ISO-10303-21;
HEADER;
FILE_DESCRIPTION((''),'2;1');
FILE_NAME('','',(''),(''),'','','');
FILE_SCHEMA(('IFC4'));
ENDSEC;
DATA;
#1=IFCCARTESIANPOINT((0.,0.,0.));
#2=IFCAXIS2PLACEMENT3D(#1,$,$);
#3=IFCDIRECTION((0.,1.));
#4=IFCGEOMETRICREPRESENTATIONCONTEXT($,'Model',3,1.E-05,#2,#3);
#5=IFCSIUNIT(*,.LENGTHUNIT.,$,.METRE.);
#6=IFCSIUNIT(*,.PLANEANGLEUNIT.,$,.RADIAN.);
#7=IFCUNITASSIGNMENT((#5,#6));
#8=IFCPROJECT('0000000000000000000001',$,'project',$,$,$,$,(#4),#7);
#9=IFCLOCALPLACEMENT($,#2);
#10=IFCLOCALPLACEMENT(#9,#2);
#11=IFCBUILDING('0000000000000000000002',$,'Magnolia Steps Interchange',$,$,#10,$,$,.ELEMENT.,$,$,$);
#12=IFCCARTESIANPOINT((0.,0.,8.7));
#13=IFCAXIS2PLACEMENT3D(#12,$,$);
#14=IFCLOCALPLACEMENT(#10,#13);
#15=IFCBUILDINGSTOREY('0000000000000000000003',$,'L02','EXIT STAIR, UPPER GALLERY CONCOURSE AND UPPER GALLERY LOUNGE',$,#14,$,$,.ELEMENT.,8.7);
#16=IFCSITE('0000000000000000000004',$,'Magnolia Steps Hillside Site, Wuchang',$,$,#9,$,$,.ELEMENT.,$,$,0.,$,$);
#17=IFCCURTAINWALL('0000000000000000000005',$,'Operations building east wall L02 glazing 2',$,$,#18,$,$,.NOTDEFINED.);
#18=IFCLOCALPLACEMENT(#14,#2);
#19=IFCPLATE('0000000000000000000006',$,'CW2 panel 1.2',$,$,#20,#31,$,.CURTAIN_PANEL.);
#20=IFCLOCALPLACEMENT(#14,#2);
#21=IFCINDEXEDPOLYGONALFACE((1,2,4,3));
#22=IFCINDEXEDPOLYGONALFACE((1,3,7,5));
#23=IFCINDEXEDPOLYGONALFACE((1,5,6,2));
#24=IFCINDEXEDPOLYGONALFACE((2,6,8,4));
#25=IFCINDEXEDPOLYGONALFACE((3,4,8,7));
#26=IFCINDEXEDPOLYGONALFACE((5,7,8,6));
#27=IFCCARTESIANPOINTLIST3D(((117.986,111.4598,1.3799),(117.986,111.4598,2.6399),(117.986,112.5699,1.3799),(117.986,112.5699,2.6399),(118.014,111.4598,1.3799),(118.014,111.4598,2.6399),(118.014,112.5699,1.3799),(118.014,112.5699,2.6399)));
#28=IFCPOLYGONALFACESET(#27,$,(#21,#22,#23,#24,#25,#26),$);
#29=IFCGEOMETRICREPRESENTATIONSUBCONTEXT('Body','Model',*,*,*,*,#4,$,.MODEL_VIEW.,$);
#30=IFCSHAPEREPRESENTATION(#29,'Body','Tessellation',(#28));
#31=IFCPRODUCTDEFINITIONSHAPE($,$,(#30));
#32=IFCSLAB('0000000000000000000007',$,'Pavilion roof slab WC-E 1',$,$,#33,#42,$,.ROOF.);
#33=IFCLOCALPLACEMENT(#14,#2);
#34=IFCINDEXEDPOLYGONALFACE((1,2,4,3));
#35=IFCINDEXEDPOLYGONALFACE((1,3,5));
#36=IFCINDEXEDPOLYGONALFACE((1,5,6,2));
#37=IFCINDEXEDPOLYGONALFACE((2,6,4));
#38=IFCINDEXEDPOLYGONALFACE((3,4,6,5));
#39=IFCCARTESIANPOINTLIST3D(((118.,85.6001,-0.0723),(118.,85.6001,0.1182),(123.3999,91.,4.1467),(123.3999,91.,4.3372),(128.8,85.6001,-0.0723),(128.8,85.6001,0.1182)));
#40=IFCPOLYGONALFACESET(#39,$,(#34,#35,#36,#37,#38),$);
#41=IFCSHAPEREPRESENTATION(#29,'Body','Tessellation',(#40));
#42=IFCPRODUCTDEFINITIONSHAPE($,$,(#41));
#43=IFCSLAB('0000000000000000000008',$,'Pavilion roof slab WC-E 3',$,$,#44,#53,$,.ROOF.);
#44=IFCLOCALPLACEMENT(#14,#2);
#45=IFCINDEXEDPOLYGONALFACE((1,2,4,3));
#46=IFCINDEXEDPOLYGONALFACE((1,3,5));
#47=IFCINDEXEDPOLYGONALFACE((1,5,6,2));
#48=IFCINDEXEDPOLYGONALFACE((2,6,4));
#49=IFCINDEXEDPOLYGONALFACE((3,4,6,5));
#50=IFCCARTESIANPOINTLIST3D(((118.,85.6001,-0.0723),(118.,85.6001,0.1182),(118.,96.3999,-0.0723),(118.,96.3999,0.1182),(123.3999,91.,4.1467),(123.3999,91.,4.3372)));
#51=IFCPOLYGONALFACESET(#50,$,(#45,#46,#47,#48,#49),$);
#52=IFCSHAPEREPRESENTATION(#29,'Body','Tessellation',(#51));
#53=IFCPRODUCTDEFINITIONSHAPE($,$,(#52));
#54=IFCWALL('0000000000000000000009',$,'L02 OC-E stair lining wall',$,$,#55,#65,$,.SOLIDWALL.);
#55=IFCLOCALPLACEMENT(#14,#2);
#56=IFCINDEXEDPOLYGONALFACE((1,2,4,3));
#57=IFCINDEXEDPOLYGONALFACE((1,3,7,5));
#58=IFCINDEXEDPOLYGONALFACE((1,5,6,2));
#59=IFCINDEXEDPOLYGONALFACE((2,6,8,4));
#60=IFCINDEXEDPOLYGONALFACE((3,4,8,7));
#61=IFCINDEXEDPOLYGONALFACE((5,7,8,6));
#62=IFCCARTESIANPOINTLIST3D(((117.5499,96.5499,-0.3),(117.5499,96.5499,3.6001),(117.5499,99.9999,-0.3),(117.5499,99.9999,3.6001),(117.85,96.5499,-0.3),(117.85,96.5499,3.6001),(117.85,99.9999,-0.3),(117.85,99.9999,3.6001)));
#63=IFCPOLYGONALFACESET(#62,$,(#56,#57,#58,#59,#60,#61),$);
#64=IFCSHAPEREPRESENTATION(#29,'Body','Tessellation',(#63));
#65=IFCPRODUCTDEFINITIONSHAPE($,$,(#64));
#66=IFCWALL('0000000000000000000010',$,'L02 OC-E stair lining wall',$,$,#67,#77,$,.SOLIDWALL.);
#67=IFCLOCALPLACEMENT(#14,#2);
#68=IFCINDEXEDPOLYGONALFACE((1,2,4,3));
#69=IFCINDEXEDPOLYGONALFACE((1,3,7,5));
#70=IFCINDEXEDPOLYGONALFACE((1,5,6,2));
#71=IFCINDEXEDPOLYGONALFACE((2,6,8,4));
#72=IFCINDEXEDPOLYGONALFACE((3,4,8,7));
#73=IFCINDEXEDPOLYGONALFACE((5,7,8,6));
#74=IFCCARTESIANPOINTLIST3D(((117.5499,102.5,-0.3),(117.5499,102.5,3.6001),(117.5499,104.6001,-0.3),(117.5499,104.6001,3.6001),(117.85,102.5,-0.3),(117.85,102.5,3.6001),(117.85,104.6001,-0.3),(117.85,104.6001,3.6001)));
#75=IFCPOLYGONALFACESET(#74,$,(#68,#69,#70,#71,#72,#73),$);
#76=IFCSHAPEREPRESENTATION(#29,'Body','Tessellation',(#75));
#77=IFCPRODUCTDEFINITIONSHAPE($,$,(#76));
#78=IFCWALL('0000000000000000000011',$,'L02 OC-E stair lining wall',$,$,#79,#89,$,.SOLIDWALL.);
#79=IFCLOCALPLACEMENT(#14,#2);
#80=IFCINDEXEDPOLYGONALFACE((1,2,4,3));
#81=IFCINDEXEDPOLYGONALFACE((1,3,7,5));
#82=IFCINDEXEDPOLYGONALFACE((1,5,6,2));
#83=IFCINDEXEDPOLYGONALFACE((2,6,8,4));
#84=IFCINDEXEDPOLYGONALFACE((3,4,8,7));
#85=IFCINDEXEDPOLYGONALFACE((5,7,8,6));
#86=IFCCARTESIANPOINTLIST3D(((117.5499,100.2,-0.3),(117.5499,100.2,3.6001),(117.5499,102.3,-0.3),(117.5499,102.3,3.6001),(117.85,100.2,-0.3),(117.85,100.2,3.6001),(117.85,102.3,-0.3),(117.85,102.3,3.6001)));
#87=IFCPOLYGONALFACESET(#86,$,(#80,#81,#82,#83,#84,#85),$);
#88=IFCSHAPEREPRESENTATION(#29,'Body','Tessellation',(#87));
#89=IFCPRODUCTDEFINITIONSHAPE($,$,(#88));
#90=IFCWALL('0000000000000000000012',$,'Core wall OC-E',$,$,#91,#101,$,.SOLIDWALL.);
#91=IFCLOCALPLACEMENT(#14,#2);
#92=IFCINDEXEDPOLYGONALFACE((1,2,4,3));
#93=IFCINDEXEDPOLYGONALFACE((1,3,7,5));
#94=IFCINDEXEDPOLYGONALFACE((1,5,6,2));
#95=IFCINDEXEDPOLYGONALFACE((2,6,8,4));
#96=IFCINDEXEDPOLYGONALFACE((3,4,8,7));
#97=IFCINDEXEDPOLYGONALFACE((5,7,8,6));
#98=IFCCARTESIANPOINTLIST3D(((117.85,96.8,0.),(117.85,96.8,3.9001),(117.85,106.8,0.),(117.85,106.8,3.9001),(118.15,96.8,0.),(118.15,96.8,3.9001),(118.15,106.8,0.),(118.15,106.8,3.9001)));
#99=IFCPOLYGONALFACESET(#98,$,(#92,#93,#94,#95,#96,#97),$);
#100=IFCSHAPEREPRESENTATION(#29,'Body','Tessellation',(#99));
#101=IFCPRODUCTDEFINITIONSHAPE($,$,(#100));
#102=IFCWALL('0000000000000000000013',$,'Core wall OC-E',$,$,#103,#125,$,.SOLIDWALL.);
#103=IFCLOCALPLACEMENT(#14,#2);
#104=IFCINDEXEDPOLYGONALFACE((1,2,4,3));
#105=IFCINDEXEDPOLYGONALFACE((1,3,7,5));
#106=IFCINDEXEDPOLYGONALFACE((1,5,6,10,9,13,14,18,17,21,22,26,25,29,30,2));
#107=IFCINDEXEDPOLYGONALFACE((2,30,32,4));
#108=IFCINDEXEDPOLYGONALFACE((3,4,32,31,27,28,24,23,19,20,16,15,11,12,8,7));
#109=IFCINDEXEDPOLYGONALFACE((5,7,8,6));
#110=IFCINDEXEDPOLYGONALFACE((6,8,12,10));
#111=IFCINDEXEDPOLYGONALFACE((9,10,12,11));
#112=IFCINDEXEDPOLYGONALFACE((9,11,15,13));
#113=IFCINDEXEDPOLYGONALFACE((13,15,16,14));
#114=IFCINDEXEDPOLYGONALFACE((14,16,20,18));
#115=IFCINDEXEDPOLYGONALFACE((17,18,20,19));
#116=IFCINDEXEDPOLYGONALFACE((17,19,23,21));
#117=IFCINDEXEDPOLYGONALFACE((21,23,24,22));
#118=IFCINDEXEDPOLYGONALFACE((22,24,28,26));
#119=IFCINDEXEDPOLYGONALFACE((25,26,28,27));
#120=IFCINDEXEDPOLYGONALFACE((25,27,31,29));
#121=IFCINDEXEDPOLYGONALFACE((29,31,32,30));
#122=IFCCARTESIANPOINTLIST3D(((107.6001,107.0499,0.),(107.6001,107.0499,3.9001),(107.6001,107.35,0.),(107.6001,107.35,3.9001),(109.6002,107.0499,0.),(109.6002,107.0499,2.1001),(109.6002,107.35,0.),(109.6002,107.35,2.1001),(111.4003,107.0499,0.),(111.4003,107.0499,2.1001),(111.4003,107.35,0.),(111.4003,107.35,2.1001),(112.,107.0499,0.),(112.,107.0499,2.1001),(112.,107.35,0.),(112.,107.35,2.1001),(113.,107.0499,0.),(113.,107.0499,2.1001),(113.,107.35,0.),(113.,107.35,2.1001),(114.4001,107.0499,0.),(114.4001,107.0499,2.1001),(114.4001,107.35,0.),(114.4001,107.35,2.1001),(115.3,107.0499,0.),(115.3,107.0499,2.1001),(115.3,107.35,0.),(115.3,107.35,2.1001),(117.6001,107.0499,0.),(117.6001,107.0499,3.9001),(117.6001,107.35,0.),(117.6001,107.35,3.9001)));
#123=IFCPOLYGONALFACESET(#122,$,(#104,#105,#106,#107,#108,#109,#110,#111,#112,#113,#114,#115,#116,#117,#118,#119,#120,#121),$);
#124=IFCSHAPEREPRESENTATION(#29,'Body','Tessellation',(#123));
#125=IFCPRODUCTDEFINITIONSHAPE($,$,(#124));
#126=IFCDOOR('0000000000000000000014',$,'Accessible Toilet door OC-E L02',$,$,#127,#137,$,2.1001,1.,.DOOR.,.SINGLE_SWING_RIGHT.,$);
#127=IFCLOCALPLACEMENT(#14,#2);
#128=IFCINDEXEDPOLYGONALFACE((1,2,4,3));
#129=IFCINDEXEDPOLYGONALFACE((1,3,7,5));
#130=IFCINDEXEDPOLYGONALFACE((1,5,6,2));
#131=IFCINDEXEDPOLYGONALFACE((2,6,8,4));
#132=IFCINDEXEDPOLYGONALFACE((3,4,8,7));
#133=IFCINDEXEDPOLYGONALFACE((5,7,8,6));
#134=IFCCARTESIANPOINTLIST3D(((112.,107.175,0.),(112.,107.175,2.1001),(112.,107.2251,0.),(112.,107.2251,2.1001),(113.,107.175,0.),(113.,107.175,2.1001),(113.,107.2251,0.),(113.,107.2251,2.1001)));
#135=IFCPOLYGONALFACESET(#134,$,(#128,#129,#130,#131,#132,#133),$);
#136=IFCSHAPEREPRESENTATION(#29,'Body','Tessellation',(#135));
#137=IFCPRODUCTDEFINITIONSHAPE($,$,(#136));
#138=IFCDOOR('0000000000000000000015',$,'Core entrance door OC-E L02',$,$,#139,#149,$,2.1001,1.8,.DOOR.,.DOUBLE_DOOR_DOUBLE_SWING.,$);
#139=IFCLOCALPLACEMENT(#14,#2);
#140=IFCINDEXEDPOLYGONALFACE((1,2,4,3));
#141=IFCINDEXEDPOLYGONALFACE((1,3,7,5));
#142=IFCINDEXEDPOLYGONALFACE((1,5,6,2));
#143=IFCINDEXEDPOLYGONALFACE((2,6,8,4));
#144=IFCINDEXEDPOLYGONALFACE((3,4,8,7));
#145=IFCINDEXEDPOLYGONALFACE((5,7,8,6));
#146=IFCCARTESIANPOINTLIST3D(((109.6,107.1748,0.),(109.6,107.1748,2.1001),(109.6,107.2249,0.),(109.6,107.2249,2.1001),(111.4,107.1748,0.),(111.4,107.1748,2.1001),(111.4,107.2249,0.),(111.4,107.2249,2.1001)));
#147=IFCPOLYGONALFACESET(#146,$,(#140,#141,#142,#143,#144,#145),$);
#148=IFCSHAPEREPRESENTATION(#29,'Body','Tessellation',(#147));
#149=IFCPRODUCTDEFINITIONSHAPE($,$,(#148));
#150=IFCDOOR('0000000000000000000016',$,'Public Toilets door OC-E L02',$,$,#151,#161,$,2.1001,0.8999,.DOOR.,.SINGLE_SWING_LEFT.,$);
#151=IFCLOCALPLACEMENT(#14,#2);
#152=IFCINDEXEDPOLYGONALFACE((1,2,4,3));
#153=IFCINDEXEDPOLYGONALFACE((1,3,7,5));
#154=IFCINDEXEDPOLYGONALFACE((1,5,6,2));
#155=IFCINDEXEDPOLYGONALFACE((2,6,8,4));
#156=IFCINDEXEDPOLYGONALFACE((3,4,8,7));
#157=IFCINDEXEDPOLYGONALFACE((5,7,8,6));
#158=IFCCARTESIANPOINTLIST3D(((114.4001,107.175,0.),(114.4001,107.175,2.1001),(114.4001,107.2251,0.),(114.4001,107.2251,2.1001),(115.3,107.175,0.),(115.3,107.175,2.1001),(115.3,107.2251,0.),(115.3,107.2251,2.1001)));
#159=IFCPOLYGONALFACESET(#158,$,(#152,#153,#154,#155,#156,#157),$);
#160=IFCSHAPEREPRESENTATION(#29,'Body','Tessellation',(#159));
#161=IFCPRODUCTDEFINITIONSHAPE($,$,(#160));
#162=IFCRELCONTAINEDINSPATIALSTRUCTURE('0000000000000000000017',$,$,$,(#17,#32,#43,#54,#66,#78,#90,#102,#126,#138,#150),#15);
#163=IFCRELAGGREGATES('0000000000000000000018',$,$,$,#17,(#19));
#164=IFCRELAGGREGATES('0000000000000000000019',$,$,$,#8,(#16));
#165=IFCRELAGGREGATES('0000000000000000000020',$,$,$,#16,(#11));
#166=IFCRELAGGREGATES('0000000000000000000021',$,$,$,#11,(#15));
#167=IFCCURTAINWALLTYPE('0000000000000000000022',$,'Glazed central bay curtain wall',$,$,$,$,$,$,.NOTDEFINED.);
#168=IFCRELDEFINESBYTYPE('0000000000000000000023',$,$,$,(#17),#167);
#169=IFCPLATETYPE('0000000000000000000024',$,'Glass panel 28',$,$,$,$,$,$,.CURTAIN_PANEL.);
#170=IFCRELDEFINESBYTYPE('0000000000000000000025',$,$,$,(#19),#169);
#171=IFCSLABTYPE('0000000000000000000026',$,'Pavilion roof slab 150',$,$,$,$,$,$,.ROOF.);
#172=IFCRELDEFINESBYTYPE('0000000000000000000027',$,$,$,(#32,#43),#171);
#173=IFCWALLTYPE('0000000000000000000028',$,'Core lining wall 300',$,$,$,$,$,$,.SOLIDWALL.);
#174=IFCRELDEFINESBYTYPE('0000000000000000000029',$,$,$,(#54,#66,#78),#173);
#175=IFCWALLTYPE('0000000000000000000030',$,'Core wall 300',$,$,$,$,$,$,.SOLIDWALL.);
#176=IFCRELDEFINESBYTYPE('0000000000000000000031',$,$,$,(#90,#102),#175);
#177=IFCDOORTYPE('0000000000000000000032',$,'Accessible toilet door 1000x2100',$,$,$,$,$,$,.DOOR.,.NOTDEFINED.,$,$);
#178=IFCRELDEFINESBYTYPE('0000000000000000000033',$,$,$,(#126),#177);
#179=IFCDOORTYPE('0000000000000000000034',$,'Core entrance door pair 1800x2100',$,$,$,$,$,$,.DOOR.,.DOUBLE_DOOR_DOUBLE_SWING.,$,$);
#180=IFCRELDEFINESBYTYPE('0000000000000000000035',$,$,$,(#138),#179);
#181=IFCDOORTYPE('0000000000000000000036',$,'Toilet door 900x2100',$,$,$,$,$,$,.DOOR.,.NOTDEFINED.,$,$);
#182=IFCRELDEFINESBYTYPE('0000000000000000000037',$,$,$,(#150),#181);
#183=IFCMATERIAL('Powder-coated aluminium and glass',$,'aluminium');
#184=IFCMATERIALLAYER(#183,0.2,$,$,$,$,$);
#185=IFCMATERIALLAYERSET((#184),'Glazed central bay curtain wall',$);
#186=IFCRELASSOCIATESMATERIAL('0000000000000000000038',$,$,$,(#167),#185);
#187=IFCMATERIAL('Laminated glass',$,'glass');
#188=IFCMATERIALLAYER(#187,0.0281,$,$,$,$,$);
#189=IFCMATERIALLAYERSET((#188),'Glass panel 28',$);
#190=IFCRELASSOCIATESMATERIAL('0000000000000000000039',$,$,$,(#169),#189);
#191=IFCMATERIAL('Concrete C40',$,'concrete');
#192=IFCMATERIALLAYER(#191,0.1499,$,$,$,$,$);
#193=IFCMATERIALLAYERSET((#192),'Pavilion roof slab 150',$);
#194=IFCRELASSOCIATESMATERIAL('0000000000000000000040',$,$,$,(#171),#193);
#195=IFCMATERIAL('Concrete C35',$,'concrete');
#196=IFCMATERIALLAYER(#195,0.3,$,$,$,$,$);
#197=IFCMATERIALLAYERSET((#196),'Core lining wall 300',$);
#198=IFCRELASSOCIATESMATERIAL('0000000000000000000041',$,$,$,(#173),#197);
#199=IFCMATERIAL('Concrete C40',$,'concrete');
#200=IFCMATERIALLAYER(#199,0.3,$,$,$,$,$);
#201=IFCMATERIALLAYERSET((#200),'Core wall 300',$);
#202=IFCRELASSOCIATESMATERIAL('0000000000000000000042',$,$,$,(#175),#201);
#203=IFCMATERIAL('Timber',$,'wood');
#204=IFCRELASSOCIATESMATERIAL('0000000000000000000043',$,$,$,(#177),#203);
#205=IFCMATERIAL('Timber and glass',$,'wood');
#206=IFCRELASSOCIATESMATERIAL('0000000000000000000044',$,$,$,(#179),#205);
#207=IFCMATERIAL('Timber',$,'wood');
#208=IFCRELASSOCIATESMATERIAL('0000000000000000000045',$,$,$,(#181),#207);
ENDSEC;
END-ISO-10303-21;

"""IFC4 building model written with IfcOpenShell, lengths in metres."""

from ifc_helpers import new_model, si_unit, direction, frame, frame_2d, origin, origin_2d, place, context, subcontext, project, spatial, polyline, rectangle, outline, extrude, material, layer, layer_set, type_object, element, fill, aggregate, save


model = new_model("IFC4")

# Units and contexts
model_context = context("Model", 3, precision=1e-05, world=origin(), true_north=direction((0.0, 1.0)))
body_context = subcontext(model_context, "Body", "Model", "MODEL_VIEW")
ifc_project = project(units=[si_unit("LENGTHUNIT", "METRE"), si_unit("PLANEANGLEUNIT", "RADIAN")], contexts=[model_context])

# Site, building, storey
site_placement = place(None, origin())
site = spatial("IfcSite", under=ifc_project, at=site_placement, Name="Magnolia Steps Hillside Site, Wuchang", CompositionType="ELEMENT", RefElevation=0.0)
building_placement = place(site_placement, origin())
building = spatial("IfcBuilding", under=site, at=building_placement, Name="Magnolia Steps Interchange", CompositionType="ELEMENT")
storey_placement = place(building_placement, frame((0.0, 0.0, 8.7)))
storey = spatial("IfcBuildingStorey", under=building, at=storey_placement, Name="L02", Description="EXIT STAIR, UPPER GALLERY CONCOURSE AND UPPER GALLERY LOUNGE", CompositionType="ELEMENT", Elevation=8.7)

# Curtain wall
ifc_material_1 = material(Name="Powder-coated aluminium and glass", Category="aluminium")
ifc_layer_1 = layer(ifc_material_1, 0.2)
ifc_layer_set_1 = layer_set([ifc_layer_1], Name="Glazed central bay curtain wall")
curtain_wall_type = type_object("IfcCurtainWallType", Name="Glazed central bay curtain wall", PredefinedType="NOTDEFINED", material=ifc_layer_set_1)
curtain_wall_placement = place(storey_placement, origin())
curtain_wall = element("IfcCurtainWall", 1, at=curtain_wall_placement, inside=storey, type_object=curtain_wall_type, Name="Operations building east wall L02 glazing 2", PredefinedType="NOTDEFINED")

# Plate
ifc_material_2 = material(Name="Laminated glass", Category="glass")
ifc_layer_2 = layer(ifc_material_2, 0.0281)
ifc_layer_set_2 = layer_set([ifc_layer_2], Name="Glass panel 28")
plate_type = type_object("IfcPlateType", Name="Glass panel 28", PredefinedType="CURTAIN_PANEL", material=ifc_layer_set_2)
plate_1_placement = place(storey_placement, frame((118.0, 112.0149, 1.3799), z_axis=(0.0, 0.0, 1.0), x_axis=(0.0, 1.0, 0.0)))
plate_1 = element("IfcPlate", 2, at=plate_1_placement, type_object=plate_type, Name="CW2 panel 1.2", PredefinedType="CURTAIN_PANEL", context=body_context, shape_type="SweptSolid", body=[
    extrude(rectangle(XDim=1.1101, YDim=0.0281, at=origin_2d()), origin(), (0.0, 0.0, 1.0), 1.26),
])
aggregate(curtain_wall, [plate_1])

# Slabs
ifc_material_3 = material(Name="Concrete C40", Category="concrete")
ifc_layer_3 = layer(ifc_material_3, 0.1499)
ifc_layer_set_3 = layer_set([ifc_layer_3], Name="Pavilion roof slab 150")
slab_type = type_object("IfcSlabType", Name="Pavilion roof slab 150", PredefinedType="ROOF", material=ifc_layer_set_3)
slab_1_placement = place(storey_placement, frame((118.0, 85.6001, 0.1182), z_axis=(0.0, -0.615673, 0.788002), x_axis=(1.0, 0.0, 0.0)))
element("IfcSlab", 3, at=slab_1_placement, inside=storey, type_object=slab_type, Name="Pavilion roof slab WC-E 1", PredefinedType="ROOF", context=body_context, shape_type="SweptSolid", body=[
    extrude(outline(polyline([(0.0, 0.0), (10.8, 0.0), (5.3999, 6.8527), (0.0, 0.0)])), origin(), (0.0, -0.615673, -0.788002), 0.1904),
])
slab_2_placement = place(storey_placement, frame((118.0, 96.3999, 0.1182), z_axis=(-0.615673, 0.0, 0.788002), x_axis=(0.0, -1.0, 0.0)))
element("IfcSlab", 4, at=slab_2_placement, inside=storey, type_object=slab_type, Name="Pavilion roof slab WC-E 3", PredefinedType="ROOF", context=body_context, shape_type="SweptSolid", body=[
    extrude(outline(polyline([(0.0, 0.0), (10.7998, 0.0), (5.3999, 6.8527), (0.0, 0.0)])), origin(), (0.0, -0.615673, -0.788002), 0.1904),
])

# Walls
ifc_material_4 = material(Name="Concrete C35", Category="concrete")
ifc_layer_4 = layer(ifc_material_4, 0.3)
ifc_layer_set_4 = layer_set([ifc_layer_4], Name="Core lining wall 300")
wall_type_1 = type_object("IfcWallType", Name="Core lining wall 300", PredefinedType="SOLIDWALL", material=ifc_layer_set_4)
wall_1_placement = place(storey_placement, frame((117.7, 100.0, -0.3), z_axis=(0.0, 0.0, 1.0), x_axis=(0.0, -1.0, 0.0)))
element("IfcWall", 5, at=wall_1_placement, inside=storey, type_object=wall_type_1, Name="L02 OC-E stair lining wall", PredefinedType="SOLIDWALL", context=body_context, shape_type="SweptSolid", body=[
    extrude(rectangle(XDim=3.45, YDim=0.3, at=frame_2d((1.7251, 0.0))), origin(), (0.0, 0.0, 1.0), 3.9001),
])
for number, where, z_axis, x_axis, name in (
    (6, (117.7, 104.6001, -0.3), (0.0, 0.0, 1.0), (0.0, -1.0, 0.0), "L02 OC-E stair lining wall"),
    (7, (117.7, 102.3, -0.3), (0.0, 0.0, 1.0), (0.0, -1.0, 0.0), "L02 OC-E stair lining wall"),
):
    element("IfcWall", number, at=place(storey_placement, frame(where, z_axis=z_axis, x_axis=x_axis)), inside=storey, type_object=wall_type_1, Name=name, PredefinedType="SOLIDWALL", context=body_context, shape_type="SweptSolid", body=[
        extrude(rectangle(XDim=2.1001, YDim=0.3, at=frame_2d((1.05, 0.0))), origin(), (0.0, 0.0, 1.0), 3.9001),
    ])
ifc_material_5 = material(Name="Concrete C40", Category="concrete")
ifc_layer_5 = layer(ifc_material_5, 0.3)
ifc_layer_set_5 = layer_set([ifc_layer_5], Name="Core wall 300")
wall_type_2 = type_object("IfcWallType", Name="Core wall 300", PredefinedType="SOLIDWALL", material=ifc_layer_set_5)
wall_2_placement = place(storey_placement, frame((118.0, 96.8, 0.0), z_axis=(0.0, 0.0, 1.0), x_axis=(0.0, 1.0, 0.0)))
element("IfcWall", 8, at=wall_2_placement, inside=storey, type_object=wall_type_2, Name="Core wall OC-E", PredefinedType="SOLIDWALL", context=body_context, shape_type="SweptSolid", body=[
    extrude(rectangle(XDim=10.0, YDim=0.3, at=frame_2d((5.0, 0.0))), origin(), (0.0, 0.0, 1.0), 3.9001),
])

# Wall, openings, doors
wall_3_placement = place(storey_placement, frame((117.6001, 107.2, 0.0), z_axis=(0.0, 0.0, 1.0), x_axis=(-1.0, 0.0, 0.0)))
wall_3 = element("IfcWall", 9, at=wall_3_placement, inside=storey, type_object=wall_type_2, Name="Core wall OC-E", PredefinedType="SOLIDWALL", context=body_context, shape_type="SweptSolid", body=[
    extrude(rectangle(XDim=10.0, YDim=0.3, at=frame_2d((5.0, 0.0))), origin(), (0.0, 0.0, 1.0), 3.9001),
])
opening_1_placement = place(wall_3_placement, frame((6.2, 0.0, 0.0)))
opening_1 = element("IfcOpeningElement", 10, at=opening_1_placement, cuts=wall_3, PredefinedType="OPENING", context=body_context, shape_type="SweptSolid", body=[
    extrude(rectangle(XDim=1.8, YDim=2.1001, at=frame_2d((0.8999, 1.05))), frame((0.0, 0.1599, 0.0), z_axis=(0.0, -1.0, 0.0), x_axis=(1.0, 0.0, 0.0)), (0.0, 0.0, 1.0), 0.3201),
])
opening_2_placement = place(wall_3_placement, frame((4.6001, 0.0, 0.0)))
opening_2 = element("IfcOpeningElement", 11, at=opening_2_placement, cuts=wall_3, PredefinedType="OPENING", context=body_context, shape_type="SweptSolid", body=[
    extrude(rectangle(XDim=1.0, YDim=2.1001, at=frame_2d((0.5, 1.05))), frame((0.0, 0.1599, 0.0), z_axis=(0.0, -1.0, 0.0), x_axis=(1.0, 0.0, 0.0)), (0.0, 0.0, 1.0), 0.3201),
])
opening_3_placement = place(wall_3_placement, frame((2.3, 0.0, 0.0)))
opening_3 = element("IfcOpeningElement", 12, at=opening_3_placement, cuts=wall_3, PredefinedType="OPENING", context=body_context, shape_type="SweptSolid", body=[
    extrude(rectangle(XDim=0.8999, YDim=2.1001, at=frame_2d((0.45, 1.05))), frame((0.0, 0.1599, 0.0), z_axis=(0.0, -1.0, 0.0), x_axis=(1.0, 0.0, 0.0)), (0.0, 0.0, 1.0), 0.3201),
])
ifc_material_6 = material(Name="Timber", Category="wood")
door_type_1 = type_object("IfcDoorType", Name="Accessible toilet door 1000x2100", OperationType="NOTDEFINED", PredefinedType="DOOR", material=ifc_material_6)
door_1_placement = place(opening_2_placement, origin())
door_1 = element("IfcDoor", 13, at=door_1_placement, inside=storey, type_object=door_type_1, Name="Accessible Toilet door OC-E L02", OperationType="SINGLE_SWING_RIGHT", OverallHeight=2.1001, OverallWidth=1.0, PredefinedType="DOOR", context=body_context, shape_type="SweptSolid", body=[
    extrude(rectangle(XDim=1.0, YDim=2.1001, at=frame_2d((0.5, 1.05))), frame((0.0, 0.0249, 0.0), z_axis=(0.0, -1.0, 0.0), x_axis=(1.0, 0.0, 0.0)), (0.0, 0.0, 1.0), 0.05),
])
fill(opening_2, door_1)
ifc_material_7 = material(Name="Timber and glass", Category="wood")
door_type_2 = type_object("IfcDoorType", Name="Core entrance door pair 1800x2100", OperationType="DOUBLE_DOOR_DOUBLE_SWING", PredefinedType="DOOR", material=ifc_material_7)
door_2_placement = place(opening_1_placement, frame((1.8, 0.0, 0.0), z_axis=(0.0, 0.0, 1.0), x_axis=(-1.0, 0.0, 0.0)))
door_2 = element("IfcDoor", 14, at=door_2_placement, inside=storey, type_object=door_type_2, Name="Core entrance door OC-E L02", OperationType="DOUBLE_DOOR_DOUBLE_SWING", OverallHeight=2.1001, OverallWidth=1.8, PredefinedType="DOOR", context=body_context, shape_type="SweptSolid", body=[
    extrude(rectangle(XDim=1.8, YDim=2.1001, at=frame_2d((0.8999, 1.05))), frame((0.0, 0.0249, 0.0), z_axis=(0.0, -1.0, 0.0), x_axis=(1.0, 0.0, 0.0)), (0.0, 0.0, 1.0), 0.05),
])
fill(opening_1, door_2)
ifc_material_8 = material(Name="Timber", Category="wood")
door_type_3 = type_object("IfcDoorType", Name="Toilet door 900x2100", OperationType="NOTDEFINED", PredefinedType="DOOR", material=ifc_material_8)
door_3_placement = place(opening_3_placement, origin())
door_3 = element("IfcDoor", 15, at=door_3_placement, inside=storey, type_object=door_type_3, Name="Public Toilets door OC-E L02", OperationType="SINGLE_SWING_LEFT", OverallHeight=2.1001, OverallWidth=0.8999, PredefinedType="DOOR", context=body_context, shape_type="SweptSolid", body=[
    extrude(rectangle(XDim=0.8999, YDim=2.1001, at=frame_2d((0.45, 1.05))), frame((0.0, 0.0249, 0.0), z_axis=(0.0, -1.0, 0.0), x_axis=(1.0, 0.0, 0.0)), (0.0, 0.0, 1.0), 0.05),
])
fill(opening_3, door_3)

save(model, "model.ifc")
